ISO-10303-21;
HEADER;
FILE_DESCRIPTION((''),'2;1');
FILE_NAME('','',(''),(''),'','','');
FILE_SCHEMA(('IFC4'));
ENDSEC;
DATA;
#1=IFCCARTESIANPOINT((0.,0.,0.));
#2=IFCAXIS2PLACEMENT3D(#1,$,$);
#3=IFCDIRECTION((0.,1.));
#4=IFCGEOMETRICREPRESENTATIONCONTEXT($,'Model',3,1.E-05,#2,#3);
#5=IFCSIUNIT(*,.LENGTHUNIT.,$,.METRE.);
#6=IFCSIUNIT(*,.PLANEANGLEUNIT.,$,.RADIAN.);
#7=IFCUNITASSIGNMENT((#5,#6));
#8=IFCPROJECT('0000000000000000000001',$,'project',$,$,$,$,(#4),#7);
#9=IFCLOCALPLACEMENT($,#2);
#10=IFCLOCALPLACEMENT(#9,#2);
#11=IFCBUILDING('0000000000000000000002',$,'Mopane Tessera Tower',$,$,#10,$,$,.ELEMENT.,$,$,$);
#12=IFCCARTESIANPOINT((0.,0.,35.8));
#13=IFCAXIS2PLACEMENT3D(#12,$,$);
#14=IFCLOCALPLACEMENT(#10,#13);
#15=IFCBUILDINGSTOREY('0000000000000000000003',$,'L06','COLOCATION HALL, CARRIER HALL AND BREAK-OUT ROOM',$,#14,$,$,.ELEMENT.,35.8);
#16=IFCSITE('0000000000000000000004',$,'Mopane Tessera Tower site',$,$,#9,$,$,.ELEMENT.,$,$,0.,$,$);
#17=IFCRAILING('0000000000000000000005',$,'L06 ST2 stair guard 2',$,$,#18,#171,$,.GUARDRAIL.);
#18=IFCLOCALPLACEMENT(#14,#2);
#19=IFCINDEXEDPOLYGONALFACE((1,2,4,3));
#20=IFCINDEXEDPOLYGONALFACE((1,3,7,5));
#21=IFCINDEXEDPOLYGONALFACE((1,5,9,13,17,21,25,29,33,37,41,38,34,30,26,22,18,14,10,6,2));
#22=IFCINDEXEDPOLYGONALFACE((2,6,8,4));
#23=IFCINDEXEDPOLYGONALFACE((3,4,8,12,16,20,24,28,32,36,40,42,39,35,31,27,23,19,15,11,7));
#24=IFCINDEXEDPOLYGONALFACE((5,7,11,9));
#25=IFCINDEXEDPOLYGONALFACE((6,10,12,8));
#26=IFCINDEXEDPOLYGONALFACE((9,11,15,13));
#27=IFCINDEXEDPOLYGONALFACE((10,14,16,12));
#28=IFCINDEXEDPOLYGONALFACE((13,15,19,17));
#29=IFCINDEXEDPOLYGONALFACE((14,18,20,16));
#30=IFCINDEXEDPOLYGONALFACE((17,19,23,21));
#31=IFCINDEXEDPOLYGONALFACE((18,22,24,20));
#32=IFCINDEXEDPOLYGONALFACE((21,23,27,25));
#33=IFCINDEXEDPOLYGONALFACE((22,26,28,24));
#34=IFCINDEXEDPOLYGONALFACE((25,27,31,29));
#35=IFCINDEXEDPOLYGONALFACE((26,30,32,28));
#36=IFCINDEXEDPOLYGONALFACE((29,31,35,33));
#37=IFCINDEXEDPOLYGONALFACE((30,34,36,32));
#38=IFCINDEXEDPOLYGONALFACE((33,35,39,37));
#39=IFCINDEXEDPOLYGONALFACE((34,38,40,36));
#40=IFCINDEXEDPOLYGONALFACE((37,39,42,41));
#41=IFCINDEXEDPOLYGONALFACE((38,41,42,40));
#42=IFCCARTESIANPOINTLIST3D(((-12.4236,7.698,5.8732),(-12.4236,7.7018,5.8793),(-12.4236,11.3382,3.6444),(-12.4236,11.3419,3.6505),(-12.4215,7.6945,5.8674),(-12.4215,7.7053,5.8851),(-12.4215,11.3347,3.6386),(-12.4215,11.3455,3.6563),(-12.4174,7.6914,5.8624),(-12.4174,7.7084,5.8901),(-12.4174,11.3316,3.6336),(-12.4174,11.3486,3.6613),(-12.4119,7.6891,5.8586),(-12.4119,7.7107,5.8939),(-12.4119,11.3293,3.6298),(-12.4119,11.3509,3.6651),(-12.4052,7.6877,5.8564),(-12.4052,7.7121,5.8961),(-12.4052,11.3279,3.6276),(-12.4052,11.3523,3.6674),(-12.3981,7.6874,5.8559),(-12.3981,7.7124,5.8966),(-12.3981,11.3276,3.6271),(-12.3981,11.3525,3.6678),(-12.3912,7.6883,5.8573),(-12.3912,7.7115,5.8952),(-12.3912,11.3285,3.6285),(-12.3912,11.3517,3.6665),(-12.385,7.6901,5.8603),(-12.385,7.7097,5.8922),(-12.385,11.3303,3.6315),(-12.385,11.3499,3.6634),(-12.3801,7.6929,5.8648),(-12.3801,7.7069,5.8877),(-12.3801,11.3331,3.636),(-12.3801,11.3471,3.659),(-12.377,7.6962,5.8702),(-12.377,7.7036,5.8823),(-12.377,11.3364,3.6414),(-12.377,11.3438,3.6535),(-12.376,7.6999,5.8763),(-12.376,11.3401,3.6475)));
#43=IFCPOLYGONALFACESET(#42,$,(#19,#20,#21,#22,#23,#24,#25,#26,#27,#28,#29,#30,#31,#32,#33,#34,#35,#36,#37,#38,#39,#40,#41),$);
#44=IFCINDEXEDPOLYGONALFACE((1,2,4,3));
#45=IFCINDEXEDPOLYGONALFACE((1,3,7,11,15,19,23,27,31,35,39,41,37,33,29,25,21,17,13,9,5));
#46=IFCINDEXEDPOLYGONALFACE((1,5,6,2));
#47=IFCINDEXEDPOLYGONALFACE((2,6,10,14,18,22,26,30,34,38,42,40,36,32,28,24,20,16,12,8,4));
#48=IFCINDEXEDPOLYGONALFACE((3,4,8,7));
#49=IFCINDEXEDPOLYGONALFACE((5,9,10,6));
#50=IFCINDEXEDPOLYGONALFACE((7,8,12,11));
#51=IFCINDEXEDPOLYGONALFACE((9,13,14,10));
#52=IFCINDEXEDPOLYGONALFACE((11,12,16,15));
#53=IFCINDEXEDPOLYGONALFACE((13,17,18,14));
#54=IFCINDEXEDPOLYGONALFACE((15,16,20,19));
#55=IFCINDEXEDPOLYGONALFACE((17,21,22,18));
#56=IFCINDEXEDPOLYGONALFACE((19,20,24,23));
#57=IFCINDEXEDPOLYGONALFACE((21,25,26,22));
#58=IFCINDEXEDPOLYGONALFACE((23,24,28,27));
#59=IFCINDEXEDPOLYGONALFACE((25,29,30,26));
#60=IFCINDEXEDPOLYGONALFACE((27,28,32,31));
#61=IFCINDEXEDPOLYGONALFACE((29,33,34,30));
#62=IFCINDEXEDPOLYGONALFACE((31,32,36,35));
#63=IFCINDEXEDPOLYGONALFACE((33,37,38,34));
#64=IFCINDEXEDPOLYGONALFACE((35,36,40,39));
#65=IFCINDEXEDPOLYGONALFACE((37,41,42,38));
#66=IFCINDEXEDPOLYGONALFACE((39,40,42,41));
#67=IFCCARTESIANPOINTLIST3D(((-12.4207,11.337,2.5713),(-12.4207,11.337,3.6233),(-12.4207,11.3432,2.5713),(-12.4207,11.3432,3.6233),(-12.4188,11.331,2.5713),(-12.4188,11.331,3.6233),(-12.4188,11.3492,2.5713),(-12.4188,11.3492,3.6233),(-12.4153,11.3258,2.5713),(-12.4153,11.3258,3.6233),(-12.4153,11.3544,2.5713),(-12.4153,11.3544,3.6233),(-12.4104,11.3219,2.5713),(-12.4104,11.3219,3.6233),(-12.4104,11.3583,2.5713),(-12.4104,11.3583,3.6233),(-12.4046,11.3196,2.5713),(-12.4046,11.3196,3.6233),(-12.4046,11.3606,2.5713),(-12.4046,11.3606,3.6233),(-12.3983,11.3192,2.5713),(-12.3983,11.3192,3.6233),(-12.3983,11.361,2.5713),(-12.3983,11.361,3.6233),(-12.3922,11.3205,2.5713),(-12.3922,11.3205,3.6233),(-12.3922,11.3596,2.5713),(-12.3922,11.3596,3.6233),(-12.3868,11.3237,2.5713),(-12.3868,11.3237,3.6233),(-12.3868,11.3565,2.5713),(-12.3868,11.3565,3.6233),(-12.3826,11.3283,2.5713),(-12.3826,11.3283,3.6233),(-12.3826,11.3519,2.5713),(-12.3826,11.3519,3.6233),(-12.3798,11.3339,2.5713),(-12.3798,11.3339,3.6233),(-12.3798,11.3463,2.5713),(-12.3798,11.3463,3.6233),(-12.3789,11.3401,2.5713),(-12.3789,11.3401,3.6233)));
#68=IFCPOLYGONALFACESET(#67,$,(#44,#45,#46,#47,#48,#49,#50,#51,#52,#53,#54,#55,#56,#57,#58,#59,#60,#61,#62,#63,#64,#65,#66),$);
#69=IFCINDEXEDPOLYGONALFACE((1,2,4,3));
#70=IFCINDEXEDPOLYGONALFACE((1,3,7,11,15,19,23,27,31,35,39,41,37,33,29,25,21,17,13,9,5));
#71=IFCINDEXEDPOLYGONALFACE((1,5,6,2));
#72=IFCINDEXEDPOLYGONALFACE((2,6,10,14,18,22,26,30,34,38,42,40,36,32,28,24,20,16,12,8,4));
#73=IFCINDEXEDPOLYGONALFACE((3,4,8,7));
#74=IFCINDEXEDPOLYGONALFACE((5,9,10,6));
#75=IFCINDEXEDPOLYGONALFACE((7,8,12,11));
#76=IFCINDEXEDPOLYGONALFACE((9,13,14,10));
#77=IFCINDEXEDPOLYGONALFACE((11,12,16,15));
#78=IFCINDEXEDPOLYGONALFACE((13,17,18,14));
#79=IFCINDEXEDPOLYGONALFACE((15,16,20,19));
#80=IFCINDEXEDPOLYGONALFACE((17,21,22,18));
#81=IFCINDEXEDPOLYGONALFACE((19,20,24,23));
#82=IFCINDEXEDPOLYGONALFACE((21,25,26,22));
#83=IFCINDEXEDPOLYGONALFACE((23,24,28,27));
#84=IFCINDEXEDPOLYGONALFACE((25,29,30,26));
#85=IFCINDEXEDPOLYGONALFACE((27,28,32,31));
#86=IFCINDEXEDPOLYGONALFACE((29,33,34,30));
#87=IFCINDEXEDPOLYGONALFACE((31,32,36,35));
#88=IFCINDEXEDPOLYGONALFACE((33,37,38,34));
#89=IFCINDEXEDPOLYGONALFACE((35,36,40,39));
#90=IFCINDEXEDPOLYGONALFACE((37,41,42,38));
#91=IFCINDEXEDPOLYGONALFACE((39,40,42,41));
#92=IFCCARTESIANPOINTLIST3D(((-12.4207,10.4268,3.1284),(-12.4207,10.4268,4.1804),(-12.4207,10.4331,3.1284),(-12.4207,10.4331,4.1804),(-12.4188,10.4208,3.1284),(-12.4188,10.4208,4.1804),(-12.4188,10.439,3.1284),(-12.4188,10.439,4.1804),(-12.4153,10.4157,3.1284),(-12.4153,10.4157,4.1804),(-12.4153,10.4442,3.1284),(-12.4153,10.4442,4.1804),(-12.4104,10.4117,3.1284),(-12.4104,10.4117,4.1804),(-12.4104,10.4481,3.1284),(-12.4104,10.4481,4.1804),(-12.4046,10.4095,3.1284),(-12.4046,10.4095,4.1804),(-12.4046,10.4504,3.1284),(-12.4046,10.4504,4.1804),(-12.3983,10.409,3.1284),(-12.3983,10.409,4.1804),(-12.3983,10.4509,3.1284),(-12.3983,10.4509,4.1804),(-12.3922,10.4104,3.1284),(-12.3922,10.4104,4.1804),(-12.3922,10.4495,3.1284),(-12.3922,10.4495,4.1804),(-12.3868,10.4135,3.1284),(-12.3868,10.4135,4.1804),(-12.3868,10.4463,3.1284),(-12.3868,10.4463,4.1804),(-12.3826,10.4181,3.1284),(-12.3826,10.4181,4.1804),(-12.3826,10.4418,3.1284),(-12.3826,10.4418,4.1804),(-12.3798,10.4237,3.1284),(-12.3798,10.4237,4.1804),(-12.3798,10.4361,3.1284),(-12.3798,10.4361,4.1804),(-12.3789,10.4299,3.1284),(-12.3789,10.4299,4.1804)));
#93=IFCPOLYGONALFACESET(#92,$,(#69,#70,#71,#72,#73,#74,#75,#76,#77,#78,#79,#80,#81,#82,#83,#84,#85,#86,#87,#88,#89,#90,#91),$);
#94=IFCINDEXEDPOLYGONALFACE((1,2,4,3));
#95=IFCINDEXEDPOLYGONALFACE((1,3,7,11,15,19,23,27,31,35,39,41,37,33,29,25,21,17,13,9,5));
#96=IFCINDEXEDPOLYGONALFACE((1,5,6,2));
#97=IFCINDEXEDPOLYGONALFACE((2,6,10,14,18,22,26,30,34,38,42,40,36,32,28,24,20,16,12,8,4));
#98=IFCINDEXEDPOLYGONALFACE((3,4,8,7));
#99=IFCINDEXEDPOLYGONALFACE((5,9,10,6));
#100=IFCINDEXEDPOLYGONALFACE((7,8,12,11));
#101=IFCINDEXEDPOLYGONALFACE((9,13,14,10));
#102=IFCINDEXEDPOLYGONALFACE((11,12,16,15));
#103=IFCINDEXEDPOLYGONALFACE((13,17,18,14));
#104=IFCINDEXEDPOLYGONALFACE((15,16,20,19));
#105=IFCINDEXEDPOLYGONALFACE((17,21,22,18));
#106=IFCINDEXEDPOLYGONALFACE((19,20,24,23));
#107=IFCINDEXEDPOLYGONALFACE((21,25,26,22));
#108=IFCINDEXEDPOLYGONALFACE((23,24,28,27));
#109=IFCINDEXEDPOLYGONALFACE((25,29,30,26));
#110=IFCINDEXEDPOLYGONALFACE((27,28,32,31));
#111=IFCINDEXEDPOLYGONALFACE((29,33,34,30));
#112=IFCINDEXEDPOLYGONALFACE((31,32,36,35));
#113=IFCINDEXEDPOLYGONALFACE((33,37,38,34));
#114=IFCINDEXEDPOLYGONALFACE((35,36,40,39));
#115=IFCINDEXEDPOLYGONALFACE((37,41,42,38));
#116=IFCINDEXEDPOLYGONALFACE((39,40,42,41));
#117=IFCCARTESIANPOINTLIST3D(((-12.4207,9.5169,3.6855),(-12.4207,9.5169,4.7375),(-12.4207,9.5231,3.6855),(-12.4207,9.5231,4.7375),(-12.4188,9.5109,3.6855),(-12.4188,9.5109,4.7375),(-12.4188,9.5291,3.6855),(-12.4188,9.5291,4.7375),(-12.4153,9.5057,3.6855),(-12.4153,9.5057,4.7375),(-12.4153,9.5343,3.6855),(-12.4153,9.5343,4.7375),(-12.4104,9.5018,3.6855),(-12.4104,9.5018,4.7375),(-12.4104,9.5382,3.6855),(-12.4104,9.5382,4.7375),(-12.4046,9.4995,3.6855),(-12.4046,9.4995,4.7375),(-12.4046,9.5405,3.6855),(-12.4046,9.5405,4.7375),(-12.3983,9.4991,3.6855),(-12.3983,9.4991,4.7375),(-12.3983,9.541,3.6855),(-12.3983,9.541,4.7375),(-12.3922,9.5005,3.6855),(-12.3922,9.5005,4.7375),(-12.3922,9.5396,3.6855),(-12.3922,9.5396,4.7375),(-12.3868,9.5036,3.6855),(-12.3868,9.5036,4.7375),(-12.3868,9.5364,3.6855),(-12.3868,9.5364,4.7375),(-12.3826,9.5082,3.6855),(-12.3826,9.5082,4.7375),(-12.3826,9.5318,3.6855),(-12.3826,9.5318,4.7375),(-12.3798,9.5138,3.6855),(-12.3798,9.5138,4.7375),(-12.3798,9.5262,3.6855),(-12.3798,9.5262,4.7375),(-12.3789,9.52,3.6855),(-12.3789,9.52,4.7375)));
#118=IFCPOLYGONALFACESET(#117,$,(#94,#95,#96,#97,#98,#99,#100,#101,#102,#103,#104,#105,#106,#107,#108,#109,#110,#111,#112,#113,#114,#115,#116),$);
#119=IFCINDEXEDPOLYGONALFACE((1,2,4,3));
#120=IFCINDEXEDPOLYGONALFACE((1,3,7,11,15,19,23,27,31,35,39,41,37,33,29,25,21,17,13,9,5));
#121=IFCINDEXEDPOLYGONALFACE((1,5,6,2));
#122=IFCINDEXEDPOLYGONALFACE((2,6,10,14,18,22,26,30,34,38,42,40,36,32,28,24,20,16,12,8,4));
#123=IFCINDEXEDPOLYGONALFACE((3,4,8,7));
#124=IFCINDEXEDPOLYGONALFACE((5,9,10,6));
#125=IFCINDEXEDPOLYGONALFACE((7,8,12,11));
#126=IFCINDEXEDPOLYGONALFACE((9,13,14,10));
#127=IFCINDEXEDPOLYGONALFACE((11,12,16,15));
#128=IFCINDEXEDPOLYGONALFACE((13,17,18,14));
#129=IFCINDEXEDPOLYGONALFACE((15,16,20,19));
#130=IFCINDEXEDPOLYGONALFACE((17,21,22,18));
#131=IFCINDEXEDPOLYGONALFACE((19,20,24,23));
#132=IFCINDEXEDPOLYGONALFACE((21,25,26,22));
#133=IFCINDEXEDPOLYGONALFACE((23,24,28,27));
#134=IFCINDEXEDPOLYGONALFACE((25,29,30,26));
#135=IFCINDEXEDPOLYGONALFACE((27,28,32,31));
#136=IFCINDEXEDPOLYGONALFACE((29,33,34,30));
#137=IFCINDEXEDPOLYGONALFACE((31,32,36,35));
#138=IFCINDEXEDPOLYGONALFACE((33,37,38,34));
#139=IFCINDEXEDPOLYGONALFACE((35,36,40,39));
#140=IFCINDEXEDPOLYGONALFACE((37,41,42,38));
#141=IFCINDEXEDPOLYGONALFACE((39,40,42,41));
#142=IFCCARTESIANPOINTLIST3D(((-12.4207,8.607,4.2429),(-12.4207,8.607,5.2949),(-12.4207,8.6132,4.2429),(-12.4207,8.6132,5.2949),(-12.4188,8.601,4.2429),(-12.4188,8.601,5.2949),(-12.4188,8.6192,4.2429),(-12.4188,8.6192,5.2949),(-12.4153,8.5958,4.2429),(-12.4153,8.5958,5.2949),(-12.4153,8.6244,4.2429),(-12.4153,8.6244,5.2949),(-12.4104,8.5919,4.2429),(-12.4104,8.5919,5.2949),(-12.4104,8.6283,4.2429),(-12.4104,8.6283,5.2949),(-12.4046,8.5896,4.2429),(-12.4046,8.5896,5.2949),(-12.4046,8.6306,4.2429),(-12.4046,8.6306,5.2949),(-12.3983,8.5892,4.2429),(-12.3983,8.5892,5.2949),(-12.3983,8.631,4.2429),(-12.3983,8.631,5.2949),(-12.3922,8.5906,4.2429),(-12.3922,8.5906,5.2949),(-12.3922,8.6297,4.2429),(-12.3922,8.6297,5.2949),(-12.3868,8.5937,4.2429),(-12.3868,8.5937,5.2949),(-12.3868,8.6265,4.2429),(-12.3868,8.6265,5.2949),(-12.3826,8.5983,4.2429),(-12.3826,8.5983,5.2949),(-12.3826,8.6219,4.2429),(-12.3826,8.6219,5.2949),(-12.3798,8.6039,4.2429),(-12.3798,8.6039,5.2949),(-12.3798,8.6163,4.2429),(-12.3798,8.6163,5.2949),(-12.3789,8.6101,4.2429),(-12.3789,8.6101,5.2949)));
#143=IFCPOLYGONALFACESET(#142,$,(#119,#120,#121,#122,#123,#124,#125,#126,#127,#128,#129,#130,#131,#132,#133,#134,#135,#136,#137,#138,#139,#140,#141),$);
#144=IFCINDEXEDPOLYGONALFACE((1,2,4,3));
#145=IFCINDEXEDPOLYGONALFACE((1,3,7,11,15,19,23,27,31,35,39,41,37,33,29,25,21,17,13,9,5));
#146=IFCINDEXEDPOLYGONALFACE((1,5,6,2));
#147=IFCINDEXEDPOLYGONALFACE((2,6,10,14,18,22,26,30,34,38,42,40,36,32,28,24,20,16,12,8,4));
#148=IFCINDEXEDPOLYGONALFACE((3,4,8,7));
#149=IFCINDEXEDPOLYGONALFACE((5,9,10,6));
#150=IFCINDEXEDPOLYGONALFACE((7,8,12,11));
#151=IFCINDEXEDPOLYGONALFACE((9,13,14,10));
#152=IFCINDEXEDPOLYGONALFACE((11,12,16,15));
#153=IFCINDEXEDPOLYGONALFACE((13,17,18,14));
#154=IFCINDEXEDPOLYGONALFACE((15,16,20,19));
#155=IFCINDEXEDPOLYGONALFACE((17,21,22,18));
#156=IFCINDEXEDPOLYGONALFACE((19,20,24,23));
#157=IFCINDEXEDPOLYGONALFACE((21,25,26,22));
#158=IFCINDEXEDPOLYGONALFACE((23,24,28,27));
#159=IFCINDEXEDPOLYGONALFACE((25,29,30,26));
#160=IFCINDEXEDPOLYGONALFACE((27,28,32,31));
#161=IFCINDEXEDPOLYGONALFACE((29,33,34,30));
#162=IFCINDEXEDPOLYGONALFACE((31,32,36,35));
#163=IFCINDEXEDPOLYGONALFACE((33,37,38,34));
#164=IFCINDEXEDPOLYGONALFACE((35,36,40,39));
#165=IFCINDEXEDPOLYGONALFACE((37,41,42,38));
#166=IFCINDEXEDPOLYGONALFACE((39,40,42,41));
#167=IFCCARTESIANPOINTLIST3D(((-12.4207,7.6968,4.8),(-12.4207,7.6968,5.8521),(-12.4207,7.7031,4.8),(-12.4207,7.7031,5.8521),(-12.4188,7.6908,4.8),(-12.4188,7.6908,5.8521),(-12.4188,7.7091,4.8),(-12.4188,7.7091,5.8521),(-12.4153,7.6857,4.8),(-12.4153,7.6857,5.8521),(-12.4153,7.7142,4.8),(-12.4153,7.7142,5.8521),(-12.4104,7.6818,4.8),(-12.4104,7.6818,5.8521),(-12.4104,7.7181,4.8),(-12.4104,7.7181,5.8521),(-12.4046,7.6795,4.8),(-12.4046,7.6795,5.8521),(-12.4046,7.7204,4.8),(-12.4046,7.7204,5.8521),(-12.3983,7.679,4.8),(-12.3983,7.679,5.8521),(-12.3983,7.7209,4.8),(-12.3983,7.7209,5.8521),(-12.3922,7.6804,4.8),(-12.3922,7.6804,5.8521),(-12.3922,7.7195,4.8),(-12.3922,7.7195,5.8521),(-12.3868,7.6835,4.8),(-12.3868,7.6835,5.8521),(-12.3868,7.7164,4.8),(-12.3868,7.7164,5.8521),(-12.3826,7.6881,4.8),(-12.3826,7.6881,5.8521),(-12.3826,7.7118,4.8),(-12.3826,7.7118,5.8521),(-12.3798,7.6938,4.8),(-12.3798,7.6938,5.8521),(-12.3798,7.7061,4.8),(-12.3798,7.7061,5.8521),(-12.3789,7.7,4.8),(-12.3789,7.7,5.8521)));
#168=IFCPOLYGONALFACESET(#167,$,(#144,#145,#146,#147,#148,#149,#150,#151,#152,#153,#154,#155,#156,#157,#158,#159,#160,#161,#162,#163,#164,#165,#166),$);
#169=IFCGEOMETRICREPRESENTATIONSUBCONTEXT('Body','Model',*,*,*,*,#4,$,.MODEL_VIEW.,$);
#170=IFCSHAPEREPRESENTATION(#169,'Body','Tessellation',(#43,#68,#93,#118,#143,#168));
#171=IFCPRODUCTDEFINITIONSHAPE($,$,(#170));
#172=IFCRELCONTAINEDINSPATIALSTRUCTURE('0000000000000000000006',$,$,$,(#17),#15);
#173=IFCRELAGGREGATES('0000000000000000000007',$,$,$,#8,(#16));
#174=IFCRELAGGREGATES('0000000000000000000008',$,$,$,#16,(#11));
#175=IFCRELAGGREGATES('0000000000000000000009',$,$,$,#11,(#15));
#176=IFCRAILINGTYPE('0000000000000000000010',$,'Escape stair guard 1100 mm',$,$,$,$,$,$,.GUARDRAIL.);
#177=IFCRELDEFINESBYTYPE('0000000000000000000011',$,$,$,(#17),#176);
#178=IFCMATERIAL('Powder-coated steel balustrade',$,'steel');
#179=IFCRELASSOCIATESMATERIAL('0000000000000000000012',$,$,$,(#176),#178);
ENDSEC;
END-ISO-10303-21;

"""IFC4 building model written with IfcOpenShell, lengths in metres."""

from ifc_helpers import new_model, si_unit, direction, frame, origin, origin_2d, place, context, subcontext, project, spatial, circle, extrude, material, type_object, element, save


model = new_model("IFC4")

# Units and contexts
model_context = context("Model", 3, precision=1e-05, world=origin(), true_north=direction((0.0, 1.0)))
body_context = subcontext(model_context, "Body", "Model", "MODEL_VIEW")
ifc_project = project(units=[si_unit("LENGTHUNIT", "METRE"), si_unit("PLANEANGLEUNIT", "RADIAN")], contexts=[model_context])

# Site, building, storey
site_placement = place(None, origin())
site = spatial("IfcSite", under=ifc_project, at=site_placement, Name="Mopane Tessera Tower site", CompositionType="ELEMENT", RefElevation=0.0)
building_placement = place(site_placement, origin())
building = spatial("IfcBuilding", under=site, at=building_placement, Name="Mopane Tessera Tower", CompositionType="ELEMENT")
storey_placement = place(building_placement, frame((0.0, 0.0, 35.8)))
storey = spatial("IfcBuildingStorey", under=building, at=storey_placement, Name="L06", Description="COLOCATION HALL, CARRIER HALL AND BREAK-OUT ROOM", CompositionType="ELEMENT", Elevation=35.8)

# Railing
ifc_material_1 = material(Name="Powder-coated steel balustrade", Category="steel")
railing_type_1 = type_object("IfcRailingType", Name="Escape stair guard 1100 mm", PredefinedType="GUARDRAIL", material=ifc_material_1)
railing_1_placement = place(storey_placement, frame((-12.3999, 11.3401, 2.5713)))
element("IfcRailing", 1, at=railing_1_placement, inside=storey, type_object=railing_type_1, Name="L06 ST2 stair guard 2", PredefinedType="GUARDRAIL", context=body_context, shape_type="SweptSolid", body=[
    extrude(circle(Radius=0.0239, at=origin_2d()), frame((0.0, 0.0, 1.0762), z_axis=(0.0, -0.85284, 0.522172), x_axis=(1.0, 0.0, 0.0)), (0.0, 0.0, 1.0), 4.2683),
    extrude(circle(Radius=0.021, at=origin_2d()), origin(), (0.0, 0.0, 1.0), 1.052),
    extrude(circle(Radius=0.021, at=origin_2d()), frame((0.0, -0.9102, 0.5571)), (0.0, 0.0, 1.0), 1.052),
    extrude(circle(Radius=0.021, at=origin_2d()), frame((0.0, -1.8201, 1.1143)), (0.0, 0.0, 1.0), 1.052),
    extrude(circle(Radius=0.021, at=origin_2d()), frame((0.0, -2.73, 1.6716)), (0.0, 0.0, 1.0), 1.052),
    extrude(circle(Radius=0.021, at=origin_2d()), frame((0.0, -3.6401, 2.2288)), (0.0, 0.0, 1.0), 1.052),
])

save(model, "model.ifc")
